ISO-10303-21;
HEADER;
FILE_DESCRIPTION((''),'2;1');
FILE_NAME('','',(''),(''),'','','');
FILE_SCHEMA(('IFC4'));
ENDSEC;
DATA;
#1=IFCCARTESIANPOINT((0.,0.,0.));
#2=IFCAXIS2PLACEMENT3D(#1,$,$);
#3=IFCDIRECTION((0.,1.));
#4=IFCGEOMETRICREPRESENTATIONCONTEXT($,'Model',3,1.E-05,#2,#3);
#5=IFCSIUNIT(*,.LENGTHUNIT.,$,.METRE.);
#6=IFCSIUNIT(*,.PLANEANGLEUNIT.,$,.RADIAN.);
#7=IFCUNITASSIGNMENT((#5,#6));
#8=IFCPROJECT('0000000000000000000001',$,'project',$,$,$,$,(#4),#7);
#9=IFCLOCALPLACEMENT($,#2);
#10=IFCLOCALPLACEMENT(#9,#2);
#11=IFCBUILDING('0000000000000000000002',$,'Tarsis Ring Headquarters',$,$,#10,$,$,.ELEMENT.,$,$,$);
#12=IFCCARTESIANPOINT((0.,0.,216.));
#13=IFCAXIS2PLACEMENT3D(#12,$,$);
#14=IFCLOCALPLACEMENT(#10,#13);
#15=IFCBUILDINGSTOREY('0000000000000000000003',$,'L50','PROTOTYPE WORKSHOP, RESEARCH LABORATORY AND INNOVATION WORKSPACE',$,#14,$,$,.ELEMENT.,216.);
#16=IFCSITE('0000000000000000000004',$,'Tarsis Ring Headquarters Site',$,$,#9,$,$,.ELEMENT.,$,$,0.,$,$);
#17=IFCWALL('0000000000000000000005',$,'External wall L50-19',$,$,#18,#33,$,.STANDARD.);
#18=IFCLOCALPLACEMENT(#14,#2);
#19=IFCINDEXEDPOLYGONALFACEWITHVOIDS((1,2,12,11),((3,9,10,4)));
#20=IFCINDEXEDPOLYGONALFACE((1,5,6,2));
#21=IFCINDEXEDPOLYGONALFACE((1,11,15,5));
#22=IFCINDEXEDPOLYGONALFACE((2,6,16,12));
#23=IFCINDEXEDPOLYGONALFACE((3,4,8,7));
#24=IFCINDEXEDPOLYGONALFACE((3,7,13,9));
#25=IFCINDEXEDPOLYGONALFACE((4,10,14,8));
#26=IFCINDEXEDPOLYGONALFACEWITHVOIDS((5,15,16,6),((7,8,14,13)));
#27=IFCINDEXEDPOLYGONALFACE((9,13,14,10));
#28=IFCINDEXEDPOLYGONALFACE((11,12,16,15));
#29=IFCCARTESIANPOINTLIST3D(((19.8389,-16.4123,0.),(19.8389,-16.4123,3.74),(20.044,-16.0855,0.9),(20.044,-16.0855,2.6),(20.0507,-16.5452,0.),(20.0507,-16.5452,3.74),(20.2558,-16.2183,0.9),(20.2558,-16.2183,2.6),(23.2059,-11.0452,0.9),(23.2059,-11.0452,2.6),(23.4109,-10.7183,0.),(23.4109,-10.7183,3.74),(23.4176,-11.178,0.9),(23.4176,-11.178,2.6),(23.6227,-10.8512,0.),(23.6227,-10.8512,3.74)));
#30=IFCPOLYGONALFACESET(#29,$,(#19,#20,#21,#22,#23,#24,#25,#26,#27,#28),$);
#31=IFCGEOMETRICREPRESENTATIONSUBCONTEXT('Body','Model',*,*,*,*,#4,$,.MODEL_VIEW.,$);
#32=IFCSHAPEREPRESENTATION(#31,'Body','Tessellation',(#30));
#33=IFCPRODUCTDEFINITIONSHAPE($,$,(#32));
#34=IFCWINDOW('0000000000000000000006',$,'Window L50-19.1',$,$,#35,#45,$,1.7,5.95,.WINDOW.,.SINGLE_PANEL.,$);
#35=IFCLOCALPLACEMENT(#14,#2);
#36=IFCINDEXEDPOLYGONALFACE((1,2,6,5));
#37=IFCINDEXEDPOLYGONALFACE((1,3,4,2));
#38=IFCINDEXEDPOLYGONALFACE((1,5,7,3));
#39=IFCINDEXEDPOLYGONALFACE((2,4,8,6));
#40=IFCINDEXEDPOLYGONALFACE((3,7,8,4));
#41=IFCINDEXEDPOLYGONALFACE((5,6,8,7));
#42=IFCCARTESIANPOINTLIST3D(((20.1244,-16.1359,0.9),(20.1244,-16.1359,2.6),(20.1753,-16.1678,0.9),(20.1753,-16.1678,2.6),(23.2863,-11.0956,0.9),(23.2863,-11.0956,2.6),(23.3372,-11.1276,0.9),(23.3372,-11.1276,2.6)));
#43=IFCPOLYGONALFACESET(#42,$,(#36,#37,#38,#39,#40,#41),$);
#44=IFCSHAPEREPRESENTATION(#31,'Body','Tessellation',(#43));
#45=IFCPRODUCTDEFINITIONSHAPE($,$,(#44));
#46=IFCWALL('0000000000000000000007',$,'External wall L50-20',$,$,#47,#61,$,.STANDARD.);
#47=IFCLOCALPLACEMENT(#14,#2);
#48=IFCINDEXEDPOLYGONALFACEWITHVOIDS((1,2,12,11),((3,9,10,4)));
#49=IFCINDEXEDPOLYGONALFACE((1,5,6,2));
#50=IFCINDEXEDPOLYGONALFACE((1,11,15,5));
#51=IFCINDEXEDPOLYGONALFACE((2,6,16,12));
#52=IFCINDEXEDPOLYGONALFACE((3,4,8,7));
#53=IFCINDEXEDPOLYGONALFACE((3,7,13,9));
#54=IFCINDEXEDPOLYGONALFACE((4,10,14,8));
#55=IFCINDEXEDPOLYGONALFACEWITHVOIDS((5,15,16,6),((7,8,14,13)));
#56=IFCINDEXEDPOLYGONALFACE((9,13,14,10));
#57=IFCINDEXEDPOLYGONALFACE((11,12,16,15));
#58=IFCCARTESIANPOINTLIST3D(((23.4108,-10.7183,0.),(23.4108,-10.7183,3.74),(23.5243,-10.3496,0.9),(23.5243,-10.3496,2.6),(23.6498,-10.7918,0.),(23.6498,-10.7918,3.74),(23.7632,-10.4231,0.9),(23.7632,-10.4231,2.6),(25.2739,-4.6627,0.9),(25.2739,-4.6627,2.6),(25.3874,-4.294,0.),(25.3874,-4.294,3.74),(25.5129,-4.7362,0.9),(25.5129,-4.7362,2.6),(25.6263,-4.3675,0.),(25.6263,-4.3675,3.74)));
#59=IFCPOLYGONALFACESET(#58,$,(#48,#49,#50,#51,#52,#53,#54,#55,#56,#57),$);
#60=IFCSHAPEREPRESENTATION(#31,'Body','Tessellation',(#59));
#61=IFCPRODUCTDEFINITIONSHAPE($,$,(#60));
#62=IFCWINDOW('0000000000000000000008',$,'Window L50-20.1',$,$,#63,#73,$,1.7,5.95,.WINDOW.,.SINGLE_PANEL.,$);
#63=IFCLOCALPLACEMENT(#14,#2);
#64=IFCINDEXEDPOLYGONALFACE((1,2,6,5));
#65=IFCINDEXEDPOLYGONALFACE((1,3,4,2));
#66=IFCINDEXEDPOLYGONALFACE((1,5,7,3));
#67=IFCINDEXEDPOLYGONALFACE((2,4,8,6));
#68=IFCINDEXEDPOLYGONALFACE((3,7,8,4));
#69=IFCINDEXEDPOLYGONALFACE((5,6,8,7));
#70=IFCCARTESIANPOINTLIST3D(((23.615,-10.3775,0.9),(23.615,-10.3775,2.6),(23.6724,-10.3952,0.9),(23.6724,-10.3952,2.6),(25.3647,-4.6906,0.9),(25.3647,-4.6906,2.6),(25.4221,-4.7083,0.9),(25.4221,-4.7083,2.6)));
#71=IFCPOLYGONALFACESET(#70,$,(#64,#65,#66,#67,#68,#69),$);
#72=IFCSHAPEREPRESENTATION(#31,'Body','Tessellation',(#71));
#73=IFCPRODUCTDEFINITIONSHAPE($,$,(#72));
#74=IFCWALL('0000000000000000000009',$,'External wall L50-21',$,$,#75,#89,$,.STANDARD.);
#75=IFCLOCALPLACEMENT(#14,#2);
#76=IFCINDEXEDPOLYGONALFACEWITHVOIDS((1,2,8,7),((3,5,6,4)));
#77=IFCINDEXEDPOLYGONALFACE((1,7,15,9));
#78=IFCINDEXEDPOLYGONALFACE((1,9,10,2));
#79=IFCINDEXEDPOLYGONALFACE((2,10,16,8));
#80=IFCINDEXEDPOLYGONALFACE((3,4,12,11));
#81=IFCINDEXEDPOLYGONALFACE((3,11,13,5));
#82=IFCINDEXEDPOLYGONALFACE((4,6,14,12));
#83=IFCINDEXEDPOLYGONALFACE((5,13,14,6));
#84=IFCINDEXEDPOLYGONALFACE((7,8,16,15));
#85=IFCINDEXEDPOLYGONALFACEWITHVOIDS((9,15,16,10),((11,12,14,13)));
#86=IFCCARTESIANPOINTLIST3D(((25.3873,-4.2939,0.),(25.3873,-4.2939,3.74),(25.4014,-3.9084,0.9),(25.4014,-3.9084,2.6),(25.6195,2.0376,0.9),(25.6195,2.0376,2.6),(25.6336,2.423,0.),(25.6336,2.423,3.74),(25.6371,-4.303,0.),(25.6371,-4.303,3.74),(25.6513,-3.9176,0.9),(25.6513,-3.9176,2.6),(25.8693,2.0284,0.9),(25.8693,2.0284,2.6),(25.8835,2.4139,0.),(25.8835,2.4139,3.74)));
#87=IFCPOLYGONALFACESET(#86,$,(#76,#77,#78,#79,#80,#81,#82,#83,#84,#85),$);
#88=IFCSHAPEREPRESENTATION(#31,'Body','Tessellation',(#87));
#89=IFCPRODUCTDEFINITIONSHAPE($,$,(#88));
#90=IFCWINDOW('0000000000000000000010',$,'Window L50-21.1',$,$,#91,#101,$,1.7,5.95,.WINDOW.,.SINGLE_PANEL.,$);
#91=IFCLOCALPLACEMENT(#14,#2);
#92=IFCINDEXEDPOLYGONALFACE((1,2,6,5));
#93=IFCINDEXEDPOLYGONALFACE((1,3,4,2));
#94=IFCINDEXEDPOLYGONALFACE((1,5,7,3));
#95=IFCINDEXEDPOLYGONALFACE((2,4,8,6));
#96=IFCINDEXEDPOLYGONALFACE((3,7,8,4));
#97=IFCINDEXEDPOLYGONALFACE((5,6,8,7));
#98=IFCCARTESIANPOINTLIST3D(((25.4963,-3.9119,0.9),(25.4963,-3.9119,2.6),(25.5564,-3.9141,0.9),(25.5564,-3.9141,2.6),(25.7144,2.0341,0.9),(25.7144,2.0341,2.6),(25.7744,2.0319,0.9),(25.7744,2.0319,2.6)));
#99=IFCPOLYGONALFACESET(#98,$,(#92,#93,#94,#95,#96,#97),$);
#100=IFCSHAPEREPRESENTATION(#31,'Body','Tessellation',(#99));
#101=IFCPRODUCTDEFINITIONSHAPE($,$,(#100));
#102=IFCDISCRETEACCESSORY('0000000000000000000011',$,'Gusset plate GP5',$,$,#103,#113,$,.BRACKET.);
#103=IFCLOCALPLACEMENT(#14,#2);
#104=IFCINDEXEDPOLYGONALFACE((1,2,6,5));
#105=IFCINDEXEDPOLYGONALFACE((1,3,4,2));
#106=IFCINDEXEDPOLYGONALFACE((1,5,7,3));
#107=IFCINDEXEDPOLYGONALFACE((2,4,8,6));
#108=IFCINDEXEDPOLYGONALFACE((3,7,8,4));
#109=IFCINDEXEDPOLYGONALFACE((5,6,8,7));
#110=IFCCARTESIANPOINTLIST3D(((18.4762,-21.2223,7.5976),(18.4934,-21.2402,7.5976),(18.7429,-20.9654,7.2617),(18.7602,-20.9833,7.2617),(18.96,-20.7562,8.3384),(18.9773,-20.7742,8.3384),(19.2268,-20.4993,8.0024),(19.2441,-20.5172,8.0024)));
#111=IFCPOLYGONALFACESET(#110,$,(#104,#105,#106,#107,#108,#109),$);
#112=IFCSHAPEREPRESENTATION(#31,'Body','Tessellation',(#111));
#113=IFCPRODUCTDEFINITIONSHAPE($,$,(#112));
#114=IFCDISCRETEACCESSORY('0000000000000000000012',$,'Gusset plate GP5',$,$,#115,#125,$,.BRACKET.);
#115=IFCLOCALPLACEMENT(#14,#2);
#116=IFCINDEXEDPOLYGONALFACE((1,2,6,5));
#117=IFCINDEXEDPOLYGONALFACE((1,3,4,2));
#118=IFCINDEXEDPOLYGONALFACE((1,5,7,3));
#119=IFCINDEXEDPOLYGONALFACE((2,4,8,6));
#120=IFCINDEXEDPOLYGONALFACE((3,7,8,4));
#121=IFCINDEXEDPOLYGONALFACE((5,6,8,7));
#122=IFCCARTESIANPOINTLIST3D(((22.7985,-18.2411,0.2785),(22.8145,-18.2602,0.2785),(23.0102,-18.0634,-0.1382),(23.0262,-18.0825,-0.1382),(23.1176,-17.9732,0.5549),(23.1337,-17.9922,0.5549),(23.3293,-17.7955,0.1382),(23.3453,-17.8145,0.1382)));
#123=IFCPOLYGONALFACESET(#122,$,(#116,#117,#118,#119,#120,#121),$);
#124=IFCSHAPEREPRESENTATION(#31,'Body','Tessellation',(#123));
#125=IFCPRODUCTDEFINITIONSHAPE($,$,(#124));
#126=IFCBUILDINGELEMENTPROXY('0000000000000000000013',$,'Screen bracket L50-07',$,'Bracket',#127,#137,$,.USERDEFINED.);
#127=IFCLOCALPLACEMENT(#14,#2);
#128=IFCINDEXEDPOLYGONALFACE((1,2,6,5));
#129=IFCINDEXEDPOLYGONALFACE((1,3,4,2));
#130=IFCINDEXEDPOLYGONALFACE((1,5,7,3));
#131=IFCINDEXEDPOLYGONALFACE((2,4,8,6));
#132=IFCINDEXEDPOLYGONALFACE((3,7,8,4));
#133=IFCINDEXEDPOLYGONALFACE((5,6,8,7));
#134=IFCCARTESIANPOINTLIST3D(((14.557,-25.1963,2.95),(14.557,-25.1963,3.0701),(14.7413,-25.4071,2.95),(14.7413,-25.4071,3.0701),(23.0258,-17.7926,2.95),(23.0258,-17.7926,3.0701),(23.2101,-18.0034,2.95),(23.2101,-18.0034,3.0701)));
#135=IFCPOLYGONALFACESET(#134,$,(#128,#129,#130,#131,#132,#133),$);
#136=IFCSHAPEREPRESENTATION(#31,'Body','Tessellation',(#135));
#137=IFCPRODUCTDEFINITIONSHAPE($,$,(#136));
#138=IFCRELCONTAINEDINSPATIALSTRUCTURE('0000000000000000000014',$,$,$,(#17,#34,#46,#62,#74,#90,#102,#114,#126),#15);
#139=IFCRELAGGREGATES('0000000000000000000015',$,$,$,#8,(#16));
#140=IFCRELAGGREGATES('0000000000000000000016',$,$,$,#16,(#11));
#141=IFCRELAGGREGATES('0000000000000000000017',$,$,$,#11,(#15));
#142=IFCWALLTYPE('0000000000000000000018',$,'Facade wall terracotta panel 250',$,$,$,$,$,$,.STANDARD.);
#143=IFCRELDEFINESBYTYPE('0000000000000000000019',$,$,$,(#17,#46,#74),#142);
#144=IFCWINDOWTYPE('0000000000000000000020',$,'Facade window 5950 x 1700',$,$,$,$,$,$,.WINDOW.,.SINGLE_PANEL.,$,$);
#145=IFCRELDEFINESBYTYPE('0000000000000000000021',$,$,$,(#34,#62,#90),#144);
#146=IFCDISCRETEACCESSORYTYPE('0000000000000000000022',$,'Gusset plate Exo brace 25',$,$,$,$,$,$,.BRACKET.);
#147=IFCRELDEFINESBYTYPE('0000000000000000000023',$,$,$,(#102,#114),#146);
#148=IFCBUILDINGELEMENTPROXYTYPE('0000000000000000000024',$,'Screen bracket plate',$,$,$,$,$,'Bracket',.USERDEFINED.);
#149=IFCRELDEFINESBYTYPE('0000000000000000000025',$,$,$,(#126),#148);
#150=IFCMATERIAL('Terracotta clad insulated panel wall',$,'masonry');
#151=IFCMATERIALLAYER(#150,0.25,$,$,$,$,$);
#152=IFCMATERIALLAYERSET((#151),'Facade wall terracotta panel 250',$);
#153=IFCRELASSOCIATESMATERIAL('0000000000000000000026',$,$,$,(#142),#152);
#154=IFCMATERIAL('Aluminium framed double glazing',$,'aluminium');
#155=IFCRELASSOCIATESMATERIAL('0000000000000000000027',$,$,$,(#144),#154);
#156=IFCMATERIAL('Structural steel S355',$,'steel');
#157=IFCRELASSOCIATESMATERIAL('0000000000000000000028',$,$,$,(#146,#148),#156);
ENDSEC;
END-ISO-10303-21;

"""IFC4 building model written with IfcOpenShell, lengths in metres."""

from ifc_helpers import new_model, si_unit, direction, frame, frame_2d, origin, origin_2d, place, context, subcontext, project, spatial, rectangle, extrude, material, layer, layer_set, material_profile, profile_set, type_object, element, fill, save


model = new_model("IFC4")

# Units and contexts
model_context = context("Model", 3, precision=1e-05, world=origin(), true_north=direction((0.0, 1.0)))
body_context = subcontext(model_context, "Body", "Model", "MODEL_VIEW")
ifc_project = project(units=[si_unit("LENGTHUNIT", "METRE"), si_unit("PLANEANGLEUNIT", "RADIAN")], contexts=[model_context])

# Site, building, storey
site_placement = place(None, origin())
site = spatial("IfcSite", under=ifc_project, at=site_placement, Name="Tarsis Ring Headquarters Site", CompositionType="ELEMENT", RefElevation=0.0)
building_placement = place(site_placement, origin())
building = spatial("IfcBuilding", under=site, at=building_placement, Name="Tarsis Ring Headquarters", CompositionType="ELEMENT")
storey_placement = place(building_placement, frame((0.0, 0.0, 216.0)))
storey = spatial("IfcBuildingStorey", under=building, at=storey_placement, Name="L50", Description="PROTOTYPE WORKSHOP, RESEARCH LABORATORY AND INNOVATION WORKSPACE", CompositionType="ELEMENT", Elevation=216.0)

# Shared definitions
ifc_material_1 = material(Name="Structural steel S355", Category="steel")

# Walls, openings, windows
ifc_material_2 = material(Name="Terracotta clad insulated panel wall", Category="masonry")
ifc_layer_1 = layer(ifc_material_2, 0.25)
ifc_layer_set_1 = layer_set([ifc_layer_1], Name="Facade wall terracotta panel 250")
wall_type_1 = type_object("IfcWallType", Name="Facade wall terracotta panel 250", PredefinedType="STANDARD", material=ifc_layer_set_1)
ifc_material_3 = material(Name="Aluminium framed double glazing", Category="aluminium")
window_type_1 = type_object("IfcWindowType", Name="Facade window 5950 x 1700", PartitioningType="SINGLE_PANEL", PredefinedType="WINDOW", material=ifc_material_3)
wall_1_placement = place(storey_placement, frame((19.9448, -16.4788, 0.0), z_axis=(0.0, 0.0, 1.0), x_axis=(0.531412, 0.847114, 0.0)))
wall_1 = element("IfcWall", 1, at=wall_1_placement, inside=storey, type_object=wall_type_1, Name="External wall L50-19", PredefinedType="STANDARD", context=body_context, shape_type="SweptSolid", body=[
    extrude(rectangle(XDim=6.7217, YDim=0.25, at=frame_2d((3.3608, 0.0))), origin(), (0.0, 0.0, 1.0), 3.74),
])
opening_1_placement = place(wall_1_placement, frame((0.3857, 0.0, 0.8999)))
opening_1 = element("IfcOpeningElement", 2, at=opening_1_placement, cuts=wall_1, PredefinedType="OPENING", context=body_context, shape_type="SweptSolid", body=[
    extrude(rectangle(XDim=5.95, YDim=1.7, at=frame_2d((2.9751, 0.8501))), frame((0.0, 0.135, 0.0), z_axis=(0.0, -1.0, 0.0), x_axis=(1.0, 0.0, 0.0)), (0.0, 0.0, 1.0), 0.27),
])
window_1_placement = place(opening_1_placement, origin())
window_1 = element("IfcWindow", 3, at=window_1_placement, inside=storey, type_object=window_type_1, Name="Window L50-19.1", OverallHeight=1.7, OverallWidth=5.95, PartitioningType="SINGLE_PANEL", PredefinedType="WINDOW", context=body_context, shape_type="SweptSolid", body=[
    extrude(rectangle(XDim=5.95, YDim=1.7, at=frame_2d((2.9751, 0.8501))), frame((0.0, 0.03, 0.0), z_axis=(0.0, -1.0, 0.0), x_axis=(1.0, 0.0, 0.0)), (0.0, 0.0, 1.0), 0.0601),
])
fill(opening_1, window_1)
wall_2_placement = place(storey_placement, frame((23.5303, -10.7551, 0.0), z_axis=(0.0, 0.0, 1.0), x_axis=(0.294065, 0.955785, 0.0)))
wall_2 = element("IfcWall", 4, at=wall_2_placement, inside=storey, type_object=wall_type_1, Name="External wall L50-20", PredefinedType="STANDARD", context=body_context, shape_type="SweptSolid", body=[
    extrude(rectangle(XDim=6.7214, YDim=0.25, at=frame_2d((3.3608, 0.0))), origin(), (0.0, 0.0, 1.0), 3.74),
])
opening_2_placement = place(wall_2_placement, frame((0.3857, 0.0, 0.8999)))
opening_2 = element("IfcOpeningElement", 5, at=opening_2_placement, cuts=wall_2, PredefinedType="OPENING", context=body_context, shape_type="SweptSolid", body=[
    extrude(rectangle(XDim=5.95, YDim=1.7, at=frame_2d((2.9751, 0.8501))), frame((0.0, 0.135, 0.0), z_axis=(0.0, -1.0, 0.0), x_axis=(1.0, 0.0, 0.0)), (0.0, 0.0, 1.0), 0.27),
])
window_2_placement = place(opening_2_placement, origin())
window_2 = element("IfcWindow", 6, at=window_2_placement, inside=storey, type_object=window_type_1, Name="Window L50-20.1", OverallHeight=1.7, OverallWidth=5.95, PartitioningType="SINGLE_PANEL", PredefinedType="WINDOW", context=body_context, shape_type="SweptSolid", body=[
    extrude(rectangle(XDim=5.95, YDim=1.7, at=frame_2d((2.9751, 0.8501))), frame((0.0, 0.03, 0.0), z_axis=(0.0, -1.0, 0.0), x_axis=(1.0, 0.0, 0.0)), (0.0, 0.0, 1.0), 0.0601),
])
fill(opening_2, window_2)
wall_3_placement = place(storey_placement, frame((25.5122, -4.2986, 0.0), z_axis=(0.0, 0.0, 1.0), x_axis=(0.036649, 0.999328, 0.0)))
wall_3 = element("IfcWall", 7, at=wall_3_placement, inside=storey, type_object=wall_type_1, Name="External wall L50-21", PredefinedType="STANDARD", context=body_context, shape_type="SweptSolid", body=[
    extrude(rectangle(XDim=6.7214, YDim=0.25, at=frame_2d((3.3608, 0.0))), origin(), (0.0, 0.0, 1.0), 3.74),
])
opening_3_placement = place(wall_3_placement, frame((0.3857, 0.0, 0.8999)))
opening_3 = element("IfcOpeningElement", 8, at=opening_3_placement, cuts=wall_3, PredefinedType="OPENING", context=body_context, shape_type="SweptSolid", body=[
    extrude(rectangle(XDim=5.95, YDim=1.7, at=frame_2d((2.9751, 0.8501))), frame((0.0, 0.135, 0.0), z_axis=(0.0, -1.0, 0.0), x_axis=(1.0, 0.0, 0.0)), (0.0, 0.0, 1.0), 0.27),
])
window_3_placement = place(opening_3_placement, origin())
window_3 = element("IfcWindow", 9, at=window_3_placement, inside=storey, type_object=window_type_1, Name="Window L50-21.1", OverallHeight=1.7, OverallWidth=5.95, PartitioningType="SINGLE_PANEL", PredefinedType="WINDOW", context=body_context, shape_type="SweptSolid", body=[
    extrude(rectangle(XDim=5.95, YDim=1.7, at=frame_2d((2.9751, 0.8501))), frame((0.0, 0.03, 0.0), z_axis=(0.0, -1.0, 0.0), x_axis=(1.0, 0.0, 0.0)), (0.0, 0.0, 1.0), 0.0601),
])
fill(opening_3, window_3)

# Discrete accessories
ifc_material_profile_1 = material_profile(ifc_material_1, rectangle(XDim=0.0249, YDim=0.5, at=origin_2d()), Name="PL 25x500")
ifc_profile_set_1 = profile_set([ifc_material_profile_1], Name="Structural steel S355")
discrete_accessory_type = type_object("IfcDiscreteAccessoryType", Name="Gusset plate Exo brace 25", PredefinedType="BRACKET", material=ifc_profile_set_1)
discrete_accessory_1_placement = place(storey_placement, frame((18.6182, -21.1028, 7.4297), z_axis=(0.483879, 0.466057, 0.740711), x_axis=(-0.693719, 0.720246, 0.0)))
element("IfcDiscreteAccessory", 10, at=discrete_accessory_1_placement, inside=storey, type_object=discrete_accessory_type, Name="Gusset plate GP5", PredefinedType="BRACKET", context=body_context, shape_type="SweptSolid", body=[
    extrude(rectangle(XDim=0.0249, YDim=0.5, at=origin_2d()), origin(), (0.0, 0.0, 1.0), 1.0),
])
discrete_accessory_2_placement = place(storey_placement, frame((23.1777, -17.939, 0.0), z_axis=(-0.423278, -0.355417, 0.833375), x_axis=(0.643047, -0.765827, 0.0)))
element("IfcDiscreteAccessory", 11, at=discrete_accessory_2_placement, inside=storey, type_object=discrete_accessory_type, Name="Gusset plate GP5", PredefinedType="BRACKET", context=body_context, shape_type="SweptSolid", body=[
    extrude(rectangle(XDim=0.0249, YDim=0.5, at=origin_2d()), origin(), (0.0, 0.0, 1.0), 0.5),
])

# Building element proxy
building_element_proxy_type = type_object("IfcBuildingElementProxyType", Name="Screen bracket plate", ElementType="Bracket", PredefinedType="USERDEFINED", material=ifc_material_1)
proxy_placement = place(storey_placement, frame((18.8835, -21.5999, 2.95), z_axis=(0.0, 0.0, 1.0), x_axis=(0.75286, 0.658181, 0.0)))
element("IfcBuildingElementProxy", 12, at=proxy_placement, inside=storey, type_object=building_element_proxy_type, Name="Screen bracket L50-07", ObjectType="Bracket", PredefinedType="USERDEFINED", context=body_context, shape_type="SweptSolid", body=[
    extrude(rectangle(XDim=11.2488, YDim=0.28, at=origin_2d()), origin(), (0.0, 0.0, 1.0), 0.1201),
])

save(model, "model.ifc")
